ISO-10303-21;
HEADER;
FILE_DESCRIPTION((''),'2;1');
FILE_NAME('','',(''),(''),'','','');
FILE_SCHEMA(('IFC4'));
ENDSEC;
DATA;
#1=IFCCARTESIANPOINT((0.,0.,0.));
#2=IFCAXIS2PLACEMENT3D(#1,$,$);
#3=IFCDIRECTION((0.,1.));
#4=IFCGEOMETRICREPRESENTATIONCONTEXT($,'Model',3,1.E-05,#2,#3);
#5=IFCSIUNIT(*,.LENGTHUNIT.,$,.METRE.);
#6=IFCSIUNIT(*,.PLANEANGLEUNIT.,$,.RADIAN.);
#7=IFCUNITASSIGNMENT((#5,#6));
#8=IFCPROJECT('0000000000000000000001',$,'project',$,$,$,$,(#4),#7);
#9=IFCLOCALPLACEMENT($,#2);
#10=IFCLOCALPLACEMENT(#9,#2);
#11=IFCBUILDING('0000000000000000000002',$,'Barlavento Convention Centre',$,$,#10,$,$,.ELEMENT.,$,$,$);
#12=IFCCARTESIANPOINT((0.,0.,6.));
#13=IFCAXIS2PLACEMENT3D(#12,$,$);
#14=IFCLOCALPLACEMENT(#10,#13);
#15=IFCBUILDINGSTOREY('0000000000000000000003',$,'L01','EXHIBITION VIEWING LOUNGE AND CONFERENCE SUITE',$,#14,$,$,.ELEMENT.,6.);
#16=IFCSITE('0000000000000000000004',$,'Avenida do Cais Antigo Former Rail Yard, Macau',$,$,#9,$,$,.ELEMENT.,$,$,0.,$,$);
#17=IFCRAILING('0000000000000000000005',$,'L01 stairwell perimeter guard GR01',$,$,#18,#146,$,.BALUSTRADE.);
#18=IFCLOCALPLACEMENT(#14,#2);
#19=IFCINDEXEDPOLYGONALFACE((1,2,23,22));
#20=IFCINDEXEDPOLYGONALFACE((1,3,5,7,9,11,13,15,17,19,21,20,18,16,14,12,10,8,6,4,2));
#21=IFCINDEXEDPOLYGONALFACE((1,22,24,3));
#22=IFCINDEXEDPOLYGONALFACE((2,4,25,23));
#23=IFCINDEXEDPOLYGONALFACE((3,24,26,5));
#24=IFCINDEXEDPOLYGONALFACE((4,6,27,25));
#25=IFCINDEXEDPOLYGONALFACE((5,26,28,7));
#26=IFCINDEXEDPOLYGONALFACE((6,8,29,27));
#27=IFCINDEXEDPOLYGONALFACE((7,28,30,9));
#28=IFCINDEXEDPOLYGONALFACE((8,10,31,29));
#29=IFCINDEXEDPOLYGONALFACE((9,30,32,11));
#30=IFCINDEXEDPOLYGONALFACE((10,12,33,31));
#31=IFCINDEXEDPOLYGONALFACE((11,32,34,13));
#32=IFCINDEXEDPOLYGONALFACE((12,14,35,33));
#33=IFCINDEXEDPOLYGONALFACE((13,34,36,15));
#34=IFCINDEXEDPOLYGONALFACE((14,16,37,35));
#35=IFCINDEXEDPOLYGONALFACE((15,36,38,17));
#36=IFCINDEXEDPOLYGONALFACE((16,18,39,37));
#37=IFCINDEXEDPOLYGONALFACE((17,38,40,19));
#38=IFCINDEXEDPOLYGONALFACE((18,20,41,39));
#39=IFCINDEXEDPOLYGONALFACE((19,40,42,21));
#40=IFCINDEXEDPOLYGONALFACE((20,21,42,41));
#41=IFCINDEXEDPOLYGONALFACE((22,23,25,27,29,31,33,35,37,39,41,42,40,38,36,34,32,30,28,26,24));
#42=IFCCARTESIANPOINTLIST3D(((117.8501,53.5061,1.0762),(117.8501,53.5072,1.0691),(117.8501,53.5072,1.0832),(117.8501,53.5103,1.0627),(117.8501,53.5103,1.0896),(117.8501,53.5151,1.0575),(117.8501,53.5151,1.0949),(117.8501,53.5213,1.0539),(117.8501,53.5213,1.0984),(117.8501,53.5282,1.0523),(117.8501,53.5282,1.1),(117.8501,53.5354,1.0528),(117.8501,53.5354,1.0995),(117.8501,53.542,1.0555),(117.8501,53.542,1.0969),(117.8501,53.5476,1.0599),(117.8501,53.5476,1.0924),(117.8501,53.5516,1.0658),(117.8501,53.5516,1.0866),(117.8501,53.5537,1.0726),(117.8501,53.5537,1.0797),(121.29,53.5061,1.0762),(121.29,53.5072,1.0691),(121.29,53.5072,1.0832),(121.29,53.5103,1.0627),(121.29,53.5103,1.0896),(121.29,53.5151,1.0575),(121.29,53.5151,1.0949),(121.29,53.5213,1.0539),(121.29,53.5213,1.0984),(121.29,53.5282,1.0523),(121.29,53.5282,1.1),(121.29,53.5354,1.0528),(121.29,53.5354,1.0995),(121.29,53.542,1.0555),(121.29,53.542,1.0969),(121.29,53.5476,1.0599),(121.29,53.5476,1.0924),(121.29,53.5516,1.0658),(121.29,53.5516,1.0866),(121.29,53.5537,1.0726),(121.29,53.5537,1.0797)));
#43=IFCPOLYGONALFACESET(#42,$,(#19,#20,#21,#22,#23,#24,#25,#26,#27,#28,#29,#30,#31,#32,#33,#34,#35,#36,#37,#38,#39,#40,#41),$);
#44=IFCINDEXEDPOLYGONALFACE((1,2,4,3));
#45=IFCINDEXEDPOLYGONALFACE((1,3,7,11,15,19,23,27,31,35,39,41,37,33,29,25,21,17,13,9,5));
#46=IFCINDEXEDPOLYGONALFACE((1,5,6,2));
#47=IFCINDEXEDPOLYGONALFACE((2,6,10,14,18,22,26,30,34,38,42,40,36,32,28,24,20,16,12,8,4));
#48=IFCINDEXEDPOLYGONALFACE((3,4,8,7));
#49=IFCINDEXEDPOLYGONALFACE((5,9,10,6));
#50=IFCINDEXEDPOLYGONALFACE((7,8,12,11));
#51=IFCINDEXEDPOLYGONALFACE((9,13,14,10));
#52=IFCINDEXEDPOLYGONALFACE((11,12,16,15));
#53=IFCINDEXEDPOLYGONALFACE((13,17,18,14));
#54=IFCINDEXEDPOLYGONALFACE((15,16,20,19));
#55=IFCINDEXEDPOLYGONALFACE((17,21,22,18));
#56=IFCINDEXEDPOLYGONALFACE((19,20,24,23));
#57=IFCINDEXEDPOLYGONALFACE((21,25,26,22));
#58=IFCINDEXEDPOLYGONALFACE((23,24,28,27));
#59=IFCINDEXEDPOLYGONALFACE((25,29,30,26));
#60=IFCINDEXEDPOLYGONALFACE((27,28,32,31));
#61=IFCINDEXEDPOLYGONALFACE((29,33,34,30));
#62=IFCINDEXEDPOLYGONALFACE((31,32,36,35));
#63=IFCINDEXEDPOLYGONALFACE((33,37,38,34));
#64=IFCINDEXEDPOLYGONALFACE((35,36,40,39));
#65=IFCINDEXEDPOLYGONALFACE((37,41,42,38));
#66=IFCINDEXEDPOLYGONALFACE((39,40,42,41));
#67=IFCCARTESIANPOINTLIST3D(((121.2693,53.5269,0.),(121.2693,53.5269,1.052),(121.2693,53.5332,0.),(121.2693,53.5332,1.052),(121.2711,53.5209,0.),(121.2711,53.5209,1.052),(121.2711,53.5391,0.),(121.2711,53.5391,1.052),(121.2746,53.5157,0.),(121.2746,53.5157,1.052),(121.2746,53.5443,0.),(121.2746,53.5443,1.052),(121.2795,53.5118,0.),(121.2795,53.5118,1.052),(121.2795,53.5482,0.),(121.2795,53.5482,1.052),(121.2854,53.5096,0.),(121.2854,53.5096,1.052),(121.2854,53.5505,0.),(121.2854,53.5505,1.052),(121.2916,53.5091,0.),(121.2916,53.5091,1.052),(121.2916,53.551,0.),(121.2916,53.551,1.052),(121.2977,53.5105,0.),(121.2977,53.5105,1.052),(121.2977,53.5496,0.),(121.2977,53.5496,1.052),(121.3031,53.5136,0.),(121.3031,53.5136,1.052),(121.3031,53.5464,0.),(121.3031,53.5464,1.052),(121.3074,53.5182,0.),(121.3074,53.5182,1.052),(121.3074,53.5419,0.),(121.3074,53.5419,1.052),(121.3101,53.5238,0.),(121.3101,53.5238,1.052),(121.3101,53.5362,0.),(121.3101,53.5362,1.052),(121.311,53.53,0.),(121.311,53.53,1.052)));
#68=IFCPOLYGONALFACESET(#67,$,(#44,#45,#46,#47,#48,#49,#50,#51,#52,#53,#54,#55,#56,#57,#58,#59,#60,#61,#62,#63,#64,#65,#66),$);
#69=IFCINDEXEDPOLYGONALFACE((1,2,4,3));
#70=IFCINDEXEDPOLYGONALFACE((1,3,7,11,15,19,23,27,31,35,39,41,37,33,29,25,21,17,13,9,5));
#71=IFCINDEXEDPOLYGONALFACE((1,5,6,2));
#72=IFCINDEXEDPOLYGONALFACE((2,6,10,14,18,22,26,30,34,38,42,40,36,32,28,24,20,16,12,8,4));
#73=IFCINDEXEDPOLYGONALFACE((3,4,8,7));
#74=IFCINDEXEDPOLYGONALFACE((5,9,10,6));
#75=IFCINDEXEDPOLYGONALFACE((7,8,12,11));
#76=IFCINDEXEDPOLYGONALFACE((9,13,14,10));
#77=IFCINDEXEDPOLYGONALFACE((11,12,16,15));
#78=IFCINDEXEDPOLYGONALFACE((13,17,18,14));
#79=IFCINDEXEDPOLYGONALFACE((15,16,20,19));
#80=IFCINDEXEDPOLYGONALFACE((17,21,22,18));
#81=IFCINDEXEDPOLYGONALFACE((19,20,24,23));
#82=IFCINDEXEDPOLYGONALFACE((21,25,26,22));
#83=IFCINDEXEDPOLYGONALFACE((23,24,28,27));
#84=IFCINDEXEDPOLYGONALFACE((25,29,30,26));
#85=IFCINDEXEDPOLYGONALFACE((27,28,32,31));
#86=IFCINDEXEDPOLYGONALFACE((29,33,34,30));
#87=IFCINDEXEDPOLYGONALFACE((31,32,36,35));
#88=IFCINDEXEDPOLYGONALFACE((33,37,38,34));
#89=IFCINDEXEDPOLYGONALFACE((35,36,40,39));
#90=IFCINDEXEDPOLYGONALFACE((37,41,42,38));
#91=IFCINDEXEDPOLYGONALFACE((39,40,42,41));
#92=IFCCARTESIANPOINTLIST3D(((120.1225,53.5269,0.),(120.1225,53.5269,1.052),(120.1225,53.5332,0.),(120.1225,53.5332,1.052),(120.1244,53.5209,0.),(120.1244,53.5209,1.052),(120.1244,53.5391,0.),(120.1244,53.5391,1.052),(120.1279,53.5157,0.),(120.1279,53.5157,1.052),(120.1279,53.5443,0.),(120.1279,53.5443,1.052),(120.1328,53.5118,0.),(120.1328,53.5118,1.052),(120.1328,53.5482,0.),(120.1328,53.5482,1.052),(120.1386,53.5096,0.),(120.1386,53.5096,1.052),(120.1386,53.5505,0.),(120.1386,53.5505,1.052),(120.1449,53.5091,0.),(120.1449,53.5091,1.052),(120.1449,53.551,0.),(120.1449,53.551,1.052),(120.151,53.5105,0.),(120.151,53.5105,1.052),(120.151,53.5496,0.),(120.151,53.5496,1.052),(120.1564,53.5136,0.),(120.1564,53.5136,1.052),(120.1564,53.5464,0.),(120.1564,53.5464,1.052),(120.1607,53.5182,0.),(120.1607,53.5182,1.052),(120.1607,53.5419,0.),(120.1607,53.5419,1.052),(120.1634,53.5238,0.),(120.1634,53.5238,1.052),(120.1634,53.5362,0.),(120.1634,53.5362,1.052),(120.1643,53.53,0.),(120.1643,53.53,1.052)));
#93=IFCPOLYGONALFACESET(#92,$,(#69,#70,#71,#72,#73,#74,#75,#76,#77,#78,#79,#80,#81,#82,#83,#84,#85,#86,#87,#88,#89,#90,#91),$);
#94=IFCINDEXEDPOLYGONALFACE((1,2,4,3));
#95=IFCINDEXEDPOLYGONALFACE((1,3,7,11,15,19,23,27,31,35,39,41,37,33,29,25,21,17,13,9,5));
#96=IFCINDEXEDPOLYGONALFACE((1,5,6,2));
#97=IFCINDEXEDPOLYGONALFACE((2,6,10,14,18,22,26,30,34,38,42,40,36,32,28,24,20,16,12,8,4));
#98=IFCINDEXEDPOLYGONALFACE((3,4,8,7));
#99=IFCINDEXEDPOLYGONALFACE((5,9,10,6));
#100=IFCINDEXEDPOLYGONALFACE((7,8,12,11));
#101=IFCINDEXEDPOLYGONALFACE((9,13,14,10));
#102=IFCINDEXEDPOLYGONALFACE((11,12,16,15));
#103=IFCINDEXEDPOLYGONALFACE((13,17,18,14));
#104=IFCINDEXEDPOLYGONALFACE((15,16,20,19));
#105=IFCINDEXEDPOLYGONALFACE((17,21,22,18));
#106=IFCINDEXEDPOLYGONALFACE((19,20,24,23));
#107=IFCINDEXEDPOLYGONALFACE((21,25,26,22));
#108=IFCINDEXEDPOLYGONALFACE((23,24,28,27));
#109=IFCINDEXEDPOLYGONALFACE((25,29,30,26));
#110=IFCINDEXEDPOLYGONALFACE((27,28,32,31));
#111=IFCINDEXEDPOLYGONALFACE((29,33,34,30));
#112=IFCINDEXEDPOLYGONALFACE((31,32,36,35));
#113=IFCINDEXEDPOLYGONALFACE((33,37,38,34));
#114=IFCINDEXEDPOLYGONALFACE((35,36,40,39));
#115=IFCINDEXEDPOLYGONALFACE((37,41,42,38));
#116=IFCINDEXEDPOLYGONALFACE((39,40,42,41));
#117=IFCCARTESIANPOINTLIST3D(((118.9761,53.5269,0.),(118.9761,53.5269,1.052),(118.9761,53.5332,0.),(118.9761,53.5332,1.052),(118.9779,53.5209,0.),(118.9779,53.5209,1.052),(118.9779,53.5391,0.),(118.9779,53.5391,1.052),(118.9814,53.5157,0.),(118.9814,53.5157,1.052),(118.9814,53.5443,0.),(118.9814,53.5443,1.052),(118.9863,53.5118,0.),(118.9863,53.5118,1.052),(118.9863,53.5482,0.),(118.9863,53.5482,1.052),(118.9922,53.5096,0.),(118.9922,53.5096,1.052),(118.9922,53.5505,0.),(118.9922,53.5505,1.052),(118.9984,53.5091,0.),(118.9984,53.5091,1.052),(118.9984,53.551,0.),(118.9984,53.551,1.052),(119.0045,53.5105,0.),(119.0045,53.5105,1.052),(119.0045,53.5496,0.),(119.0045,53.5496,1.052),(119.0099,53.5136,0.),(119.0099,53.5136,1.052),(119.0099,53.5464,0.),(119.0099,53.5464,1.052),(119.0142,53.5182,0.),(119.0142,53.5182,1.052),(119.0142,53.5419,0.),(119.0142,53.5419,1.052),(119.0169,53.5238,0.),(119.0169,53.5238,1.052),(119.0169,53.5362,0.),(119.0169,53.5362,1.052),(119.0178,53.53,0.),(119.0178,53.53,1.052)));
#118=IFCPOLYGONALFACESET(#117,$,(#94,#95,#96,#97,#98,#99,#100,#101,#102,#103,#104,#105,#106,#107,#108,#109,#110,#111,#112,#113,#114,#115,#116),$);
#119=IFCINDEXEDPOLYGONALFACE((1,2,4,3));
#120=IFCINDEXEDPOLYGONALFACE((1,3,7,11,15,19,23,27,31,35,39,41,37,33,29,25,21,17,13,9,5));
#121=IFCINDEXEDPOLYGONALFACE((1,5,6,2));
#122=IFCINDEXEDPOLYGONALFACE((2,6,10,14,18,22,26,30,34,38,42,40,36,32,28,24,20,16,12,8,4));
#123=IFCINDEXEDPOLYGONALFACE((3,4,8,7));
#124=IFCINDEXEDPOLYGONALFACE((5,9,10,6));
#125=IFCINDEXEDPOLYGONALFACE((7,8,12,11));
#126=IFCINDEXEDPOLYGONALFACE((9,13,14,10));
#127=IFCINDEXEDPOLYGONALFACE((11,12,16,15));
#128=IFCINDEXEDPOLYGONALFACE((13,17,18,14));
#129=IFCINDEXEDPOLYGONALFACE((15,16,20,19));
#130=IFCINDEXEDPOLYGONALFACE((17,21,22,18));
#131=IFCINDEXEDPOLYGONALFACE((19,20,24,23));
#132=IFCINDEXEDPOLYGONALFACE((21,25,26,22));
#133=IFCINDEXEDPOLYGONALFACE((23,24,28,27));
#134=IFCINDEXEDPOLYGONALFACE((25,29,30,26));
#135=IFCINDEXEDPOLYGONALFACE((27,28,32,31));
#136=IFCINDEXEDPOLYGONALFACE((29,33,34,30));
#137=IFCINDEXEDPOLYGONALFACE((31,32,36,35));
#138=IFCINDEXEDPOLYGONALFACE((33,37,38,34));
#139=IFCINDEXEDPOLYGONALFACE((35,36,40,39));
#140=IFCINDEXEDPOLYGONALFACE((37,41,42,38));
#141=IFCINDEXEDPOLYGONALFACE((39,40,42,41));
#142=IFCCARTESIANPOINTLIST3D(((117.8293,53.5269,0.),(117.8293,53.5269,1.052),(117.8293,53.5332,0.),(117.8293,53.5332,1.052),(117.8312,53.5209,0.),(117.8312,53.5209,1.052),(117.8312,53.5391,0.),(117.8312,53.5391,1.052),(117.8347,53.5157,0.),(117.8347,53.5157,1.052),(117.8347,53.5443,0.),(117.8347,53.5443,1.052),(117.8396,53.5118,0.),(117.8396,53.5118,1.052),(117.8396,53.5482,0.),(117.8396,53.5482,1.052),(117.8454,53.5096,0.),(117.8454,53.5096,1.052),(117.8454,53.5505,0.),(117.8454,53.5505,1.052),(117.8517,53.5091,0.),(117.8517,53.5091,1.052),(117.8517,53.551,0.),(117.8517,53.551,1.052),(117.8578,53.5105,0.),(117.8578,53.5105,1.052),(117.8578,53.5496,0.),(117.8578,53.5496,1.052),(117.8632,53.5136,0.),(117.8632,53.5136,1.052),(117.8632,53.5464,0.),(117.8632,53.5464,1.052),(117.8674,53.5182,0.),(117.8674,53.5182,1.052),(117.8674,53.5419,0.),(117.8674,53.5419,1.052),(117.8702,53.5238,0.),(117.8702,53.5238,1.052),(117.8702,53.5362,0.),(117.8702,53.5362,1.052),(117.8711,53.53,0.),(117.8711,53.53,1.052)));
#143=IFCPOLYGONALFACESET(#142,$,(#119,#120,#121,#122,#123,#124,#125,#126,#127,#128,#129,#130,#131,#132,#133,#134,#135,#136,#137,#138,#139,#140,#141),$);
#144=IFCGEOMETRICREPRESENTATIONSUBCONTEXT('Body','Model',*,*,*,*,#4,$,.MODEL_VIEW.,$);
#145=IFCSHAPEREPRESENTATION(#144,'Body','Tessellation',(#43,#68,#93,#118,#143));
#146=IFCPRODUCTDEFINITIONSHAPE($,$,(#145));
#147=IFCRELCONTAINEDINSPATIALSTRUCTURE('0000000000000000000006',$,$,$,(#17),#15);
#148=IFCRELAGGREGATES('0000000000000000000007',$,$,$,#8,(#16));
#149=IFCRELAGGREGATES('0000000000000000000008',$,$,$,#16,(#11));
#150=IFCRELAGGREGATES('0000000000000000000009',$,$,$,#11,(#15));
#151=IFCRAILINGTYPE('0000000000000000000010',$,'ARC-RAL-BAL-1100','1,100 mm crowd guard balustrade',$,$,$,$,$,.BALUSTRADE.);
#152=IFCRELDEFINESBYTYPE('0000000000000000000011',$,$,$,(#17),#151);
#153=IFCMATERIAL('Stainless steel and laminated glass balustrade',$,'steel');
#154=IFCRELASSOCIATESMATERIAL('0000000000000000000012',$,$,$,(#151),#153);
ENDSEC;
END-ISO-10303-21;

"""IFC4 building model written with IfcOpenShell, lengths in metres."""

from ifc_helpers import new_model, si_unit, direction, frame, origin, origin_2d, place, context, subcontext, project, spatial, circle, extrude, material, type_object, element, save


model = new_model("IFC4")

# Units and contexts
model_context = context("Model", 3, precision=1e-05, world=origin(), true_north=direction((0.0, 1.0)))
body_context = subcontext(model_context, "Body", "Model", "MODEL_VIEW")
ifc_project = project(units=[si_unit("LENGTHUNIT", "METRE"), si_unit("PLANEANGLEUNIT", "RADIAN")], contexts=[model_context])

# Site, building, storey
site_placement = place(None, origin())
site = spatial("IfcSite", under=ifc_project, at=site_placement, Name="Avenida do Cais Antigo Former Rail Yard, Macau", CompositionType="ELEMENT", RefElevation=0.0)
building_placement = place(site_placement, origin())
building = spatial("IfcBuilding", under=site, at=building_placement, Name="Barlavento Convention Centre", CompositionType="ELEMENT")
storey_placement = place(building_placement, frame((0.0, 0.0, 6.0)))
storey = spatial("IfcBuildingStorey", under=building, at=storey_placement, Name="L01", Description="EXHIBITION VIEWING LOUNGE AND CONFERENCE SUITE", CompositionType="ELEMENT", Elevation=6.0)

# Railing
ifc_material_1 = material(Name="Stainless steel and laminated glass balustrade", Category="steel")
railing_type_1 = type_object("IfcRailingType", Name="ARC-RAL-BAL-1100", Description="1,100 mm crowd guard balustrade", PredefinedType="BALUSTRADE", material=ifc_material_1)
railing_1_placement = place(storey_placement, frame((121.29, 53.53, 0.0)))
element("IfcRailing", 1, at=railing_1_placement, inside=storey, type_object=railing_type_1, Name="L01 stairwell perimeter guard GR01", PredefinedType="BALUSTRADE", context=body_context, shape_type="SweptSolid", body=[
    extrude(circle(Radius=0.0239, at=origin_2d()), frame((0.0, 0.0, 1.0762), z_axis=(-1.0, 0.0, 0.0), x_axis=(0.0, -1.0, 0.0)), (0.0, 0.0, 1.0), 3.4399),
    extrude(circle(Radius=0.021, at=origin_2d()), origin(), (0.0, 0.0, 1.0), 1.052),
    extrude(circle(Radius=0.021, at=origin_2d()), frame((-1.1467, 0.0, 0.0)), (0.0, 0.0, 1.0), 1.052),
    extrude(circle(Radius=0.021, at=origin_2d()), frame((-2.2932, 0.0, 0.0)), (0.0, 0.0, 1.0), 1.052),
    extrude(circle(Radius=0.021, at=origin_2d()), frame((-3.4399, 0.0, 0.0)), (0.0, 0.0, 1.0), 1.052),
])

save(model, "model.ifc")
